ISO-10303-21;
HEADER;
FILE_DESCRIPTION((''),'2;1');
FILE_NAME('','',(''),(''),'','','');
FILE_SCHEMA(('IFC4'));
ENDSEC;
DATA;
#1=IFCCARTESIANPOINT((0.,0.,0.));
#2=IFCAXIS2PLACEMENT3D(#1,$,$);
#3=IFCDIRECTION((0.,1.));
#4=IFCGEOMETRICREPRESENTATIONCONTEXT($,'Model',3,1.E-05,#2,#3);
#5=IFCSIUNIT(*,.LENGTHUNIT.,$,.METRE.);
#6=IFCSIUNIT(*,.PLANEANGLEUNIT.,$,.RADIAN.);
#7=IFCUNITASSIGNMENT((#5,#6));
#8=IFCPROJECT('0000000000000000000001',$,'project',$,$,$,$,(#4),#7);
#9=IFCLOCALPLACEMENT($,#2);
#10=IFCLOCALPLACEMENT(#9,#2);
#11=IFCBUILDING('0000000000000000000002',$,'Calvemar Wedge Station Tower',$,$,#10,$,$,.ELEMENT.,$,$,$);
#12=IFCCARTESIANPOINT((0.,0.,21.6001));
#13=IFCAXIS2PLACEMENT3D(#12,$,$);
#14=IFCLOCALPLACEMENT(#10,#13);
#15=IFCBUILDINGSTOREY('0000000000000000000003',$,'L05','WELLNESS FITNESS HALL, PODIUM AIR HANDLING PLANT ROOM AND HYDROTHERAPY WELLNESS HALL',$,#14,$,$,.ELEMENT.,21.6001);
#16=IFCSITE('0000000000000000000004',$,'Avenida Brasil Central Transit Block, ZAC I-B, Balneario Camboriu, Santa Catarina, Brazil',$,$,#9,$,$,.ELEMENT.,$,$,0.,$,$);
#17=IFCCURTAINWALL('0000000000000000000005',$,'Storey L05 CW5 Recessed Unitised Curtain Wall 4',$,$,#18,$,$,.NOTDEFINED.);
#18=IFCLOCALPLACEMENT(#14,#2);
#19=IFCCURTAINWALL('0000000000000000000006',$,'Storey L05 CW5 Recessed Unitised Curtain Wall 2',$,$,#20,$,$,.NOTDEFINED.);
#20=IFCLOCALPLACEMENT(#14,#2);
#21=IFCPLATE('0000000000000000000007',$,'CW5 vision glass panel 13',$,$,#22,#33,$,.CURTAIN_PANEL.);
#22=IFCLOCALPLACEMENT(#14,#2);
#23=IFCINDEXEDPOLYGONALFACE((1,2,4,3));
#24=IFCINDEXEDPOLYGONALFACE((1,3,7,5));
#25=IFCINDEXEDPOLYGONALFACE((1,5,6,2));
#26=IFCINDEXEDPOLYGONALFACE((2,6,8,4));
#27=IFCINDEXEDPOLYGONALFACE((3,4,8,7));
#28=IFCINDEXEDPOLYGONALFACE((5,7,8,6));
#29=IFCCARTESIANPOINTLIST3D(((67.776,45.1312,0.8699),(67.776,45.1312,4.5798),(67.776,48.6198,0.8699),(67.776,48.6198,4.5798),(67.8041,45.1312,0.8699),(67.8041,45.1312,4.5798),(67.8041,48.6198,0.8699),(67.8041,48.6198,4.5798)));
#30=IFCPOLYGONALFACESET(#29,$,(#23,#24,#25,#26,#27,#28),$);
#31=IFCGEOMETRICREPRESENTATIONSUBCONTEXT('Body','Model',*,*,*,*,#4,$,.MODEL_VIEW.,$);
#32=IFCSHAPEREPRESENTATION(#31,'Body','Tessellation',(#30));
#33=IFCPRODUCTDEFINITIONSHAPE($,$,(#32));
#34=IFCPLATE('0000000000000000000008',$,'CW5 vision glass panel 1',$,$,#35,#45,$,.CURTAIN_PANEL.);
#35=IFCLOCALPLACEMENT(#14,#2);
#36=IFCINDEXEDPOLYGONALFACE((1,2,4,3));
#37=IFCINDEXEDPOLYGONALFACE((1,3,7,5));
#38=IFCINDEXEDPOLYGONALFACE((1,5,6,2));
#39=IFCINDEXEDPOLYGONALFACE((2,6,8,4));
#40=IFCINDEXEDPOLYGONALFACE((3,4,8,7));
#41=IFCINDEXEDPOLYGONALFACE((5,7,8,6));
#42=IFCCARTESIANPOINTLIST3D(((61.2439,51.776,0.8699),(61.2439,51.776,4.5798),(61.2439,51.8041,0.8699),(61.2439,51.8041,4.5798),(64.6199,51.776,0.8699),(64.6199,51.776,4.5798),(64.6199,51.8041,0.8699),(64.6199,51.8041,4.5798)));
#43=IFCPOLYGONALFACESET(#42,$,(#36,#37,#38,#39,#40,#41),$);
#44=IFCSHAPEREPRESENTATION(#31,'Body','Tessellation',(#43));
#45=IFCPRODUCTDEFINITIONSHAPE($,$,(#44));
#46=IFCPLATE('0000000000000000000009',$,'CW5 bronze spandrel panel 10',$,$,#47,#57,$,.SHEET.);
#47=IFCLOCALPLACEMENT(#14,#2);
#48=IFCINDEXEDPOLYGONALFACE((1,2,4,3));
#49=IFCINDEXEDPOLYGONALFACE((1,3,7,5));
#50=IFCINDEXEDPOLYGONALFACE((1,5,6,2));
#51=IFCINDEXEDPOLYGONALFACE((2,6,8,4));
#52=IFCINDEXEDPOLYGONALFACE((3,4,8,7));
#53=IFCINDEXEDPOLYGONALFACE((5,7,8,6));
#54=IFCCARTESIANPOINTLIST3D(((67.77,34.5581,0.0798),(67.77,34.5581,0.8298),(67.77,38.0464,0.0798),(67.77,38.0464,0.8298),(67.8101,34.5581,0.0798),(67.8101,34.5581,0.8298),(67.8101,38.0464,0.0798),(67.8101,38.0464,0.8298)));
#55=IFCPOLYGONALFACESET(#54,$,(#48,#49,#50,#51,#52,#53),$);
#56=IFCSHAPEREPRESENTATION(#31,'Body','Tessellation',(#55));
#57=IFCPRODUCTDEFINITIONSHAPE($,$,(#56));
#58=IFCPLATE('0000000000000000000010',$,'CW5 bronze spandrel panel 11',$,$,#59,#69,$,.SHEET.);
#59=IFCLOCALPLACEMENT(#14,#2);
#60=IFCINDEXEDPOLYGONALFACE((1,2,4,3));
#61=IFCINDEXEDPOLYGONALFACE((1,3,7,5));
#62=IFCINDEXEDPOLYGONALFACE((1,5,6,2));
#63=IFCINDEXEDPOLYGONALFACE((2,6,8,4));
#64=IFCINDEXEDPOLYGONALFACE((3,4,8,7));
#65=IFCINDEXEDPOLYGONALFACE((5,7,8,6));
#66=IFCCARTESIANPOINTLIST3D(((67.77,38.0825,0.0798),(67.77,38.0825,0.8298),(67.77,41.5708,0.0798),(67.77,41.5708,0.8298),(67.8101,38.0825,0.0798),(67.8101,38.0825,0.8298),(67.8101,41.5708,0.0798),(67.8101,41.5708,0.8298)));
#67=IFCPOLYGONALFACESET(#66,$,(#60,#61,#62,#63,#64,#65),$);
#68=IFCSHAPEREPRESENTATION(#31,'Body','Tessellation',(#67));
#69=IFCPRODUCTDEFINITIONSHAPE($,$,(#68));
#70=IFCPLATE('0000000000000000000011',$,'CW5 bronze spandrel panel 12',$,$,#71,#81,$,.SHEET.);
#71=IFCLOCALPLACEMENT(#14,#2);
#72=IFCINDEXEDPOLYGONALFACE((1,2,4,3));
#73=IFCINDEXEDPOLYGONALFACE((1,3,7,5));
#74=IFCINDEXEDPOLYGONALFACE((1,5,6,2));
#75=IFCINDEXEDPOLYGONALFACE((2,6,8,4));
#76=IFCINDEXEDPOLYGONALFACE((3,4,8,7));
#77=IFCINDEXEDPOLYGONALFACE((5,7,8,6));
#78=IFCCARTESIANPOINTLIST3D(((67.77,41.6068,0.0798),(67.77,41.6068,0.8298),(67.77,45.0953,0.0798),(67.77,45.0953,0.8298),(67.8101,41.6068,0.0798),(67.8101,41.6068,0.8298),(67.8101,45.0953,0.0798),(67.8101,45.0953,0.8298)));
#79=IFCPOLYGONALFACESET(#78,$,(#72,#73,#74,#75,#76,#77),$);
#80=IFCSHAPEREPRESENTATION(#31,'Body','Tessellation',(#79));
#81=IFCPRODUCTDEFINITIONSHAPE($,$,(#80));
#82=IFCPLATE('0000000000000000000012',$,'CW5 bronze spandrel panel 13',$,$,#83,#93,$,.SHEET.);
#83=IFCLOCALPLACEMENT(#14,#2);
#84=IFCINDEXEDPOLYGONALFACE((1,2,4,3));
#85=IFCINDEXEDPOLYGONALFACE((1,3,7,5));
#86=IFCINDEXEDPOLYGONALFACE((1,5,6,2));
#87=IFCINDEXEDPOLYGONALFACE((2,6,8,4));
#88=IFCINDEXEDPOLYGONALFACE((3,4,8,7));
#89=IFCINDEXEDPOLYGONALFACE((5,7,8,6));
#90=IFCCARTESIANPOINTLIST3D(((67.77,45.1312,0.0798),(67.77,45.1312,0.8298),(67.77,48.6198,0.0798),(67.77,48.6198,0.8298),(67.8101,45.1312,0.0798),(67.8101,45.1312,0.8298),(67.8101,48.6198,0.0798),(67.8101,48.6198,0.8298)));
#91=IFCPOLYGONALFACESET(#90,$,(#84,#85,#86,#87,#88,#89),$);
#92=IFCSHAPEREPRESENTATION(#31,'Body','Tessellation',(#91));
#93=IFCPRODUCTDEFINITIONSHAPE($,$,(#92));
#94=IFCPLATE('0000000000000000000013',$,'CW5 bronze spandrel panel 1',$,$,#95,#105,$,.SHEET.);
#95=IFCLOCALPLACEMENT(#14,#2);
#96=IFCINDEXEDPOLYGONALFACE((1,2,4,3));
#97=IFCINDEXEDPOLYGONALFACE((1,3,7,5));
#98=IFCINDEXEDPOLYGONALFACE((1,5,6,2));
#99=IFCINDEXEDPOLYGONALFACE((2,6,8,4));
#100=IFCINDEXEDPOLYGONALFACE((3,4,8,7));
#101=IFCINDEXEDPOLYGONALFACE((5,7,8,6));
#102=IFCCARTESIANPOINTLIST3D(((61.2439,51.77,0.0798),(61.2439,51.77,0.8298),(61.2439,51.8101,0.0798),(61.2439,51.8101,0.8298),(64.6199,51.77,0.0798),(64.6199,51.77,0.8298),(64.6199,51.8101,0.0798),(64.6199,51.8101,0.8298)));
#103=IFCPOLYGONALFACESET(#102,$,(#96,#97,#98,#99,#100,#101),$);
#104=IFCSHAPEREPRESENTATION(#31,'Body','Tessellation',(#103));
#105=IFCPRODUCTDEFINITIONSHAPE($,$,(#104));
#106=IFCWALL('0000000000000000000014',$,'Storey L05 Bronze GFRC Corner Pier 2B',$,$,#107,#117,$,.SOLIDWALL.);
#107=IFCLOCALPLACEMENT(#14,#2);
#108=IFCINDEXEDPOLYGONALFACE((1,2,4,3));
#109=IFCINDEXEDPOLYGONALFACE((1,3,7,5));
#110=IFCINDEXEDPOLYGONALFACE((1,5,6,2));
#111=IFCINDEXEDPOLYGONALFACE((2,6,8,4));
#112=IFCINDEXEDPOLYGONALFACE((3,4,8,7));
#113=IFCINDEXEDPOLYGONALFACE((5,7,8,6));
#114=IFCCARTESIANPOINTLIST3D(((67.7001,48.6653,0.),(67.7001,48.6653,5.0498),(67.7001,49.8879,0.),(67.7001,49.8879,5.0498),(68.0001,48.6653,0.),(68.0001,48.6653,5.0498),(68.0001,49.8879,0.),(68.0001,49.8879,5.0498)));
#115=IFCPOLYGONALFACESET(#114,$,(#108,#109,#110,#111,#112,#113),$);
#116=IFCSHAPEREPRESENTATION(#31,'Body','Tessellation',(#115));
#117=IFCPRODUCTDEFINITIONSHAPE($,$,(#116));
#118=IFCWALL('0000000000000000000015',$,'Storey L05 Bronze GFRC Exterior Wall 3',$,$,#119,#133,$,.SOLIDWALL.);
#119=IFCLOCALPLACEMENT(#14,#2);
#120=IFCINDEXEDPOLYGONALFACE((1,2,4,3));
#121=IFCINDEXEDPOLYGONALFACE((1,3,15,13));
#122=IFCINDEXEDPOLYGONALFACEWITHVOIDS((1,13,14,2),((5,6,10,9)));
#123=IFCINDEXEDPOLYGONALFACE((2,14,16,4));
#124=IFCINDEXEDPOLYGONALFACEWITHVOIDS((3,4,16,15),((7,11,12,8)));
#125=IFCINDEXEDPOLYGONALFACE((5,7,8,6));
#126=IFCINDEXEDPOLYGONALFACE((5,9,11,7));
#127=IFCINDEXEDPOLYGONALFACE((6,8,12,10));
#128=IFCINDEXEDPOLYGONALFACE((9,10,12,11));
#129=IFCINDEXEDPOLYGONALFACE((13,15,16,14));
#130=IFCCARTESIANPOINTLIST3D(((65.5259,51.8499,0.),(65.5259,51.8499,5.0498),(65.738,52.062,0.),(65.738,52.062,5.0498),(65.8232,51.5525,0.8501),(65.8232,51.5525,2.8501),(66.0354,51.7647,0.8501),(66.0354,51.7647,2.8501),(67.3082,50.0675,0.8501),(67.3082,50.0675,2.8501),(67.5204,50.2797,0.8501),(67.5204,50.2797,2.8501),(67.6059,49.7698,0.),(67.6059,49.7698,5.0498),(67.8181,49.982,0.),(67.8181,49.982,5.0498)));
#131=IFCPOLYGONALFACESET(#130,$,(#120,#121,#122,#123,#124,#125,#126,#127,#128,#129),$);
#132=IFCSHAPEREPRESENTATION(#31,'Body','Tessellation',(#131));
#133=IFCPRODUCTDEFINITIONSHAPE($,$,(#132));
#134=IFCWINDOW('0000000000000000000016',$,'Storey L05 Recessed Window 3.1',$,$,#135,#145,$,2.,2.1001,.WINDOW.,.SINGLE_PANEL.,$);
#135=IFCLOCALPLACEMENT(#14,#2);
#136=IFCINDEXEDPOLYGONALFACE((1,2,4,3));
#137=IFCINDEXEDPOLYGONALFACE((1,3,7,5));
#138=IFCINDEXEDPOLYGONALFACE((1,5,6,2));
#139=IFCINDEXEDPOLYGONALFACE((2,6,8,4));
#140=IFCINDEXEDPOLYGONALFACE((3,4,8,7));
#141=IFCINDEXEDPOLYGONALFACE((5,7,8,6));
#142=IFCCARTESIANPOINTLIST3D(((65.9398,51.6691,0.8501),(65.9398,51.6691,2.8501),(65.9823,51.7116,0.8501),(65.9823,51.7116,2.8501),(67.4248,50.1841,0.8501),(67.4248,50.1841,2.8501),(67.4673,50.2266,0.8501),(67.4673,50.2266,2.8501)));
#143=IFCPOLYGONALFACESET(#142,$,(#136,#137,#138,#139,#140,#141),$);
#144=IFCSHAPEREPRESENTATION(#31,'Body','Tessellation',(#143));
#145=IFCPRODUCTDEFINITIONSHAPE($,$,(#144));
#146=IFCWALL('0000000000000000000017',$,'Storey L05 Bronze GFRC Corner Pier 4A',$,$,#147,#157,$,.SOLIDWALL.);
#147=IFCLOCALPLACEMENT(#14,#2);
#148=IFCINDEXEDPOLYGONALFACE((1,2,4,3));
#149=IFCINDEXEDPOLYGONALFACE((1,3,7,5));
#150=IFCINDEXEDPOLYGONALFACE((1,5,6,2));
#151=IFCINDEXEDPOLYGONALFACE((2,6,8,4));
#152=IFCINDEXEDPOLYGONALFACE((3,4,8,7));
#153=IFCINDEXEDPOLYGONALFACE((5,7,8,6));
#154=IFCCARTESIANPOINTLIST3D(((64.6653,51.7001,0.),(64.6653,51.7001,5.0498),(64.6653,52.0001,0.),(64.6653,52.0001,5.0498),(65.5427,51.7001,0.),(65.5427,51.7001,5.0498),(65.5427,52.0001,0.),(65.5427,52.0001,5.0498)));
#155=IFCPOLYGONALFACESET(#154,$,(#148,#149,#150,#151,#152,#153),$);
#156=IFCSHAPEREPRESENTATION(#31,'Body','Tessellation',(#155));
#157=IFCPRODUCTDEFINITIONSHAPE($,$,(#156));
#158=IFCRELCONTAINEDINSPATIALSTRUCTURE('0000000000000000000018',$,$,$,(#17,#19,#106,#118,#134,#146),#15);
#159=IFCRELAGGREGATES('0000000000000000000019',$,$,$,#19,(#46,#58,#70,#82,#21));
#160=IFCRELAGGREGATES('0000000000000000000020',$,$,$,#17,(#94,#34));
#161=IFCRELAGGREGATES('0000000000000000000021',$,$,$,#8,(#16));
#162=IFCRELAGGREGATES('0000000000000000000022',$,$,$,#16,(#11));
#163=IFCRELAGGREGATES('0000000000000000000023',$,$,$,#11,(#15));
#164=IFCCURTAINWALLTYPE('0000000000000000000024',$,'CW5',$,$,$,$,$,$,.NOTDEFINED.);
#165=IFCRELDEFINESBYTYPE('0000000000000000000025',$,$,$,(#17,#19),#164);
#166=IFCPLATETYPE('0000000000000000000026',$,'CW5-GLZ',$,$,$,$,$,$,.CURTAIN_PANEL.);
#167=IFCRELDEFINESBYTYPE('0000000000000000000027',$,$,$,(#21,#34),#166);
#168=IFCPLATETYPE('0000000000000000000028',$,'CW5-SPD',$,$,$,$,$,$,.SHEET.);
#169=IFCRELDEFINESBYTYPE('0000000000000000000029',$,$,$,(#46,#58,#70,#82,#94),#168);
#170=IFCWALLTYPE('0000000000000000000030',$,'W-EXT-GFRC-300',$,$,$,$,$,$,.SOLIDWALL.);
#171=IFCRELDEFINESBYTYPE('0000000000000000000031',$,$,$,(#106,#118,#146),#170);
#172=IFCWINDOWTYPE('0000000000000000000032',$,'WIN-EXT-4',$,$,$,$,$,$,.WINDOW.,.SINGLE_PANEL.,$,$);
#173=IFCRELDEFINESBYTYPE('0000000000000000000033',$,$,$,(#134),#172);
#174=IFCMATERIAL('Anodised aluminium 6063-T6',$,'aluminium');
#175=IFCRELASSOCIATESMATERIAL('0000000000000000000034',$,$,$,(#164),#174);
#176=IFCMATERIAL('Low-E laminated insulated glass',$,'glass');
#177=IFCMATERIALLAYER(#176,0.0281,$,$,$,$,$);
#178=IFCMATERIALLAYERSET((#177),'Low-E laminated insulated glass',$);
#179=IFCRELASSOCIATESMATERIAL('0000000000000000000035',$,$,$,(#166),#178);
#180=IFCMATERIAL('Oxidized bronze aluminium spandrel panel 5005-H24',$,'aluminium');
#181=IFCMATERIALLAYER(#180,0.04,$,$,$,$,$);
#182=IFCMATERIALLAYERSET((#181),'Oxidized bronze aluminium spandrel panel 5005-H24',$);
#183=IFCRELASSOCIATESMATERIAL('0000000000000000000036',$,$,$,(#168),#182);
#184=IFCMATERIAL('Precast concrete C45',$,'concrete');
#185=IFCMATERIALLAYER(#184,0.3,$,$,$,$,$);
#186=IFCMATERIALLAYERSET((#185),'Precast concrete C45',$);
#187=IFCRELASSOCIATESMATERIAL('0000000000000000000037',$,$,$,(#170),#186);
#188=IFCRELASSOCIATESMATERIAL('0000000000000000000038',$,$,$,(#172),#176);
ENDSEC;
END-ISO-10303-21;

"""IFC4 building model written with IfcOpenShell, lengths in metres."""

from ifc_helpers import new_model, si_unit, direction, frame, frame_2d, origin, place, context, subcontext, project, spatial, rectangle, extrude, source, transform, mapped, material, layer, layer_set, type_object, element, fill, aggregate, save


model = new_model("IFC4")

# Units and contexts
model_context = context("Model", 3, precision=1e-05, world=origin(), true_north=direction((0.0, 1.0)))
body_context = subcontext(model_context, "Body", "Model", "MODEL_VIEW")
ifc_project = project(units=[si_unit("LENGTHUNIT", "METRE"), si_unit("PLANEANGLEUNIT", "RADIAN")], contexts=[model_context])

# Site, building, storey
site_placement = place(None, origin())
site = spatial("IfcSite", under=ifc_project, at=site_placement, Name="Avenida Brasil Central Transit Block, ZAC I-B, Balneario Camboriu, Santa Catarina, Brazil", CompositionType="ELEMENT", RefElevation=0.0)
building_placement = place(site_placement, origin())
building = spatial("IfcBuilding", under=site, at=building_placement, Name="Calvemar Wedge Station Tower", CompositionType="ELEMENT")
storey_placement = place(building_placement, frame((0.0, 0.0, 21.6001)))
storey = spatial("IfcBuildingStorey", under=building, at=storey_placement, Name="L05", Description="WELLNESS FITNESS HALL, PODIUM AIR HANDLING PLANT ROOM AND HYDROTHERAPY WELLNESS HALL", CompositionType="ELEMENT", Elevation=21.6001)

# Curtain walls
ifc_material_1 = material(Name="Anodised aluminium 6063-T6", Category="aluminium")
curtain_wall_type = type_object("IfcCurtainWallType", Name="CW5", PredefinedType="NOTDEFINED", material=ifc_material_1)
curtain_wall_1_placement = place(storey_placement, origin())
curtain_wall_1 = element("IfcCurtainWall", 1, at=curtain_wall_1_placement, inside=storey, type_object=curtain_wall_type, Name="Storey L05 CW5 Recessed Unitised Curtain Wall 4", PredefinedType="NOTDEFINED")
curtain_wall_2_placement = place(storey_placement, origin())
curtain_wall_2 = element("IfcCurtainWall", 2, at=curtain_wall_2_placement, inside=storey, type_object=curtain_wall_type, Name="Storey L05 CW5 Recessed Unitised Curtain Wall 2", PredefinedType="NOTDEFINED")

# Plates
ifc_material_2 = material(Name="Low-E laminated insulated glass", Category="glass")
ifc_layer_1 = layer(ifc_material_2, 0.0281)
ifc_layer_set_1 = layer_set([ifc_layer_1], Name="Low-E laminated insulated glass")
plate_type_1 = type_object("IfcPlateType", Name="CW5-GLZ", PredefinedType="CURTAIN_PANEL", material=ifc_layer_set_1)
plate_1_placement = place(storey_placement, frame((67.79, 45.1313, 0.8699), z_axis=(0.0, 0.0, 1.0), x_axis=(0.0, 1.0, 0.0)))
plate_1 = element("IfcPlate", 3, at=plate_1_placement, type_object=plate_type_1, Name="CW5 vision glass panel 13", PredefinedType="CURTAIN_PANEL", context=body_context, shape_type="SweptSolid", body=[
    extrude(rectangle(XDim=3.4885, YDim=0.0281, at=frame_2d((1.7441, 0.0))), origin(), (0.0, 0.0, 1.0), 3.71),
])
plate_2_placement = place(storey_placement, frame((64.6199, 51.79, 0.8699), z_axis=(0.0, 0.0, 1.0), x_axis=(-1.0, 0.0, 0.0)))
plate_2 = element("IfcPlate", 4, at=plate_2_placement, type_object=plate_type_1, Name="CW5 vision glass panel 1", PredefinedType="CURTAIN_PANEL", context=body_context, shape_type="SweptSolid", body=[
    extrude(rectangle(XDim=3.376, YDim=0.0281, at=frame_2d((1.688, 0.0))), origin(), (0.0, 0.0, 1.0), 3.71),
])
ifc_material_3 = material(Name="Oxidized bronze aluminium spandrel panel 5005-H24", Category="aluminium")
ifc_layer_2 = layer(ifc_material_3, 0.04)
ifc_layer_set_2 = layer_set([ifc_layer_2], Name="Oxidized bronze aluminium spandrel panel 5005-H24")
plate_type_2 = type_object("IfcPlateType", Name="CW5-SPD", PredefinedType="SHEET", material=ifc_layer_set_2)
plate_3_placement = place(storey_placement, frame((67.79, 34.5581, 0.0798), z_axis=(0.0, 0.0, 1.0), x_axis=(0.0, 1.0, 0.0)))
plate_3 = element("IfcPlate", 5, at=plate_3_placement, type_object=plate_type_2, Name="CW5 bronze spandrel panel 10", PredefinedType="SHEET", context=body_context, shape_type="SweptSolid", body=[
    extrude(rectangle(XDim=3.4883, YDim=0.04, at=frame_2d((1.7441, 0.0))), origin(), (0.0, 0.0, 1.0), 0.75),
])
plate_4_placement = place(storey_placement, frame((67.79, 38.0825, 0.0798), z_axis=(0.0, 0.0, 1.0), x_axis=(0.0, 1.0, 0.0)))
plate_4 = element("IfcPlate", 6, at=plate_4_placement, type_object=plate_type_2, Name="CW5 bronze spandrel panel 11", PredefinedType="SHEET", context=body_context, shape_type="SweptSolid", body=[
    extrude(rectangle(XDim=3.4883, YDim=0.04, at=frame_2d((1.7441, 0.0))), origin(), (0.0, 0.0, 1.0), 0.75),
])
plate_5_placement = place(storey_placement, frame((67.79, 41.6069, 0.0798), z_axis=(0.0, 0.0, 1.0), x_axis=(0.0, 1.0, 0.0)))
plate_5 = element("IfcPlate", 7, at=plate_5_placement, type_object=plate_type_2, Name="CW5 bronze spandrel panel 12", PredefinedType="SHEET", context=body_context, shape_type="SweptSolid", body=[
    extrude(rectangle(XDim=3.4885, YDim=0.04, at=frame_2d((1.7441, 0.0))), origin(), (0.0, 0.0, 1.0), 0.75),
])
plate_6_placement = place(storey_placement, frame((67.79, 45.1313, 0.0798), z_axis=(0.0, 0.0, 1.0), x_axis=(0.0, 1.0, 0.0)))
plate_6 = element("IfcPlate", 8, at=plate_6_placement, type_object=plate_type_2, Name="CW5 bronze spandrel panel 13", PredefinedType="SHEET", context=body_context, shape_type="SweptSolid", body=[
    extrude(rectangle(XDim=3.4885, YDim=0.04, at=frame_2d((1.7441, 0.0))), origin(), (0.0, 0.0, 1.0), 0.75),
])
aggregate(curtain_wall_2, [plate_3, plate_4, plate_5, plate_6, plate_1])
plate_7_placement = place(storey_placement, frame((64.6199, 51.79, 0.0798), z_axis=(0.0, 0.0, 1.0), x_axis=(-1.0, 0.0, 0.0)))
plate_7 = element("IfcPlate", 9, at=plate_7_placement, type_object=plate_type_2, Name="CW5 bronze spandrel panel 1", PredefinedType="SHEET", context=body_context, shape_type="SweptSolid", body=[
    extrude(rectangle(XDim=3.376, YDim=0.04, at=frame_2d((1.688, 0.0))), origin(), (0.0, 0.0, 1.0), 0.75),
])
aggregate(curtain_wall_1, [plate_7, plate_2])

# Wall
ifc_material_4 = material(Name="Precast concrete C45", Category="concrete")
ifc_layer_3 = layer(ifc_material_4, 0.3)
ifc_layer_set_3 = layer_set([ifc_layer_3], Name="Precast concrete C45")
wall_type = type_object("IfcWallType", Name="W-EXT-GFRC-300", PredefinedType="SOLIDWALL", material=ifc_layer_set_3)
wall_1_placement = place(storey_placement, frame((67.8501, 48.6653, 0.0), z_axis=(0.0, 0.0, 1.0), x_axis=(0.0, 1.0, 0.0)))
element("IfcWall", 10, at=wall_1_placement, inside=storey, type_object=wall_type, Name="Storey L05 Bronze GFRC Corner Pier 2B", PredefinedType="SOLIDWALL", context=body_context, shape_type="SweptSolid", body=[
    extrude(rectangle(XDim=1.2227, YDim=0.3, at=frame_2d((0.6113, 0.0))), origin(), (0.0, 0.0, 1.0), 5.0498),
])

# Wall, opening, window
wall_2_placement = place(storey_placement, frame((67.7119, 49.876, 0.0), z_axis=(0.0, 0.0, 1.0), x_axis=(-0.707107, 0.707107, 0.0)))
wall_2 = element("IfcWall", 11, at=wall_2_placement, inside=storey, type_object=wall_type, Name="Storey L05 Bronze GFRC Exterior Wall 3", PredefinedType="SOLIDWALL", context=body_context, shape_type="SweptSolid", body=[
    extrude(rectangle(XDim=2.9417, YDim=0.3, at=frame_2d((1.4707, 0.0))), origin(), (0.0, 0.0, 1.0), 5.0498),
])
shared_shape_1 = source(origin(), body_context, "Body", "SweptSolid", [
    extrude(rectangle(XDim=2.1001, YDim=2.0, at=frame_2d((1.05, 1.0))), frame((0.0, 0.1602, 0.0), z_axis=(0.0, -1.0, 0.0), x_axis=(1.0, 0.0, 0.0)), (0.0, 0.0, 1.0), 0.3201),
])
opening_placement = place(wall_2_placement, frame((0.4209, 0.0, 0.8501)))
opening = element("IfcOpeningElement", 12, at=opening_placement, cuts=wall_2, PredefinedType="OPENING", context=body_context, shape_type="MappedRepresentation", body=[
    mapped(shared_shape_1, transform((0.0, 0.0, 0.0), scale=1.0)),
])
window_type = type_object("IfcWindowType", Name="WIN-EXT-4", PartitioningType="SINGLE_PANEL", PredefinedType="WINDOW", material=ifc_material_2)
shared_shape_2 = source(origin(), body_context, "Body", "SweptSolid", [
    extrude(rectangle(XDim=2.1001, YDim=2.0, at=frame_2d((1.05, 1.0))), frame((0.0, -0.0149, 0.0), z_axis=(0.0, -1.0, 0.0), x_axis=(1.0, 0.0, 0.0)), (0.0, 0.0, 1.0), 0.0601),
])
window_placement = place(opening_placement, origin())
window = element("IfcWindow", 13, at=window_placement, inside=storey, type_object=window_type, Name="Storey L05 Recessed Window 3.1", OverallHeight=2.0, OverallWidth=2.1001, PartitioningType="SINGLE_PANEL", PredefinedType="WINDOW", context=body_context, shape_type="MappedRepresentation", body=[
    mapped(shared_shape_2, transform((0.0, 0.0, 0.0), scale=1.0)),
])
fill(opening, window)

# Wall
wall_3_placement = place(storey_placement, frame((65.5427, 51.8501, 0.0), z_axis=(0.0, 0.0, 1.0), x_axis=(-1.0, 0.0, 0.0)))
element("IfcWall", 14, at=wall_3_placement, inside=storey, type_object=wall_type, Name="Storey L05 Bronze GFRC Corner Pier 4A", PredefinedType="SOLIDWALL", context=body_context, shape_type="SweptSolid", body=[
    extrude(rectangle(XDim=0.8774, YDim=0.3, at=frame_2d((0.4387, 0.0))), origin(), (0.0, 0.0, 1.0), 5.0498),
])

save(model, "model.ifc")
